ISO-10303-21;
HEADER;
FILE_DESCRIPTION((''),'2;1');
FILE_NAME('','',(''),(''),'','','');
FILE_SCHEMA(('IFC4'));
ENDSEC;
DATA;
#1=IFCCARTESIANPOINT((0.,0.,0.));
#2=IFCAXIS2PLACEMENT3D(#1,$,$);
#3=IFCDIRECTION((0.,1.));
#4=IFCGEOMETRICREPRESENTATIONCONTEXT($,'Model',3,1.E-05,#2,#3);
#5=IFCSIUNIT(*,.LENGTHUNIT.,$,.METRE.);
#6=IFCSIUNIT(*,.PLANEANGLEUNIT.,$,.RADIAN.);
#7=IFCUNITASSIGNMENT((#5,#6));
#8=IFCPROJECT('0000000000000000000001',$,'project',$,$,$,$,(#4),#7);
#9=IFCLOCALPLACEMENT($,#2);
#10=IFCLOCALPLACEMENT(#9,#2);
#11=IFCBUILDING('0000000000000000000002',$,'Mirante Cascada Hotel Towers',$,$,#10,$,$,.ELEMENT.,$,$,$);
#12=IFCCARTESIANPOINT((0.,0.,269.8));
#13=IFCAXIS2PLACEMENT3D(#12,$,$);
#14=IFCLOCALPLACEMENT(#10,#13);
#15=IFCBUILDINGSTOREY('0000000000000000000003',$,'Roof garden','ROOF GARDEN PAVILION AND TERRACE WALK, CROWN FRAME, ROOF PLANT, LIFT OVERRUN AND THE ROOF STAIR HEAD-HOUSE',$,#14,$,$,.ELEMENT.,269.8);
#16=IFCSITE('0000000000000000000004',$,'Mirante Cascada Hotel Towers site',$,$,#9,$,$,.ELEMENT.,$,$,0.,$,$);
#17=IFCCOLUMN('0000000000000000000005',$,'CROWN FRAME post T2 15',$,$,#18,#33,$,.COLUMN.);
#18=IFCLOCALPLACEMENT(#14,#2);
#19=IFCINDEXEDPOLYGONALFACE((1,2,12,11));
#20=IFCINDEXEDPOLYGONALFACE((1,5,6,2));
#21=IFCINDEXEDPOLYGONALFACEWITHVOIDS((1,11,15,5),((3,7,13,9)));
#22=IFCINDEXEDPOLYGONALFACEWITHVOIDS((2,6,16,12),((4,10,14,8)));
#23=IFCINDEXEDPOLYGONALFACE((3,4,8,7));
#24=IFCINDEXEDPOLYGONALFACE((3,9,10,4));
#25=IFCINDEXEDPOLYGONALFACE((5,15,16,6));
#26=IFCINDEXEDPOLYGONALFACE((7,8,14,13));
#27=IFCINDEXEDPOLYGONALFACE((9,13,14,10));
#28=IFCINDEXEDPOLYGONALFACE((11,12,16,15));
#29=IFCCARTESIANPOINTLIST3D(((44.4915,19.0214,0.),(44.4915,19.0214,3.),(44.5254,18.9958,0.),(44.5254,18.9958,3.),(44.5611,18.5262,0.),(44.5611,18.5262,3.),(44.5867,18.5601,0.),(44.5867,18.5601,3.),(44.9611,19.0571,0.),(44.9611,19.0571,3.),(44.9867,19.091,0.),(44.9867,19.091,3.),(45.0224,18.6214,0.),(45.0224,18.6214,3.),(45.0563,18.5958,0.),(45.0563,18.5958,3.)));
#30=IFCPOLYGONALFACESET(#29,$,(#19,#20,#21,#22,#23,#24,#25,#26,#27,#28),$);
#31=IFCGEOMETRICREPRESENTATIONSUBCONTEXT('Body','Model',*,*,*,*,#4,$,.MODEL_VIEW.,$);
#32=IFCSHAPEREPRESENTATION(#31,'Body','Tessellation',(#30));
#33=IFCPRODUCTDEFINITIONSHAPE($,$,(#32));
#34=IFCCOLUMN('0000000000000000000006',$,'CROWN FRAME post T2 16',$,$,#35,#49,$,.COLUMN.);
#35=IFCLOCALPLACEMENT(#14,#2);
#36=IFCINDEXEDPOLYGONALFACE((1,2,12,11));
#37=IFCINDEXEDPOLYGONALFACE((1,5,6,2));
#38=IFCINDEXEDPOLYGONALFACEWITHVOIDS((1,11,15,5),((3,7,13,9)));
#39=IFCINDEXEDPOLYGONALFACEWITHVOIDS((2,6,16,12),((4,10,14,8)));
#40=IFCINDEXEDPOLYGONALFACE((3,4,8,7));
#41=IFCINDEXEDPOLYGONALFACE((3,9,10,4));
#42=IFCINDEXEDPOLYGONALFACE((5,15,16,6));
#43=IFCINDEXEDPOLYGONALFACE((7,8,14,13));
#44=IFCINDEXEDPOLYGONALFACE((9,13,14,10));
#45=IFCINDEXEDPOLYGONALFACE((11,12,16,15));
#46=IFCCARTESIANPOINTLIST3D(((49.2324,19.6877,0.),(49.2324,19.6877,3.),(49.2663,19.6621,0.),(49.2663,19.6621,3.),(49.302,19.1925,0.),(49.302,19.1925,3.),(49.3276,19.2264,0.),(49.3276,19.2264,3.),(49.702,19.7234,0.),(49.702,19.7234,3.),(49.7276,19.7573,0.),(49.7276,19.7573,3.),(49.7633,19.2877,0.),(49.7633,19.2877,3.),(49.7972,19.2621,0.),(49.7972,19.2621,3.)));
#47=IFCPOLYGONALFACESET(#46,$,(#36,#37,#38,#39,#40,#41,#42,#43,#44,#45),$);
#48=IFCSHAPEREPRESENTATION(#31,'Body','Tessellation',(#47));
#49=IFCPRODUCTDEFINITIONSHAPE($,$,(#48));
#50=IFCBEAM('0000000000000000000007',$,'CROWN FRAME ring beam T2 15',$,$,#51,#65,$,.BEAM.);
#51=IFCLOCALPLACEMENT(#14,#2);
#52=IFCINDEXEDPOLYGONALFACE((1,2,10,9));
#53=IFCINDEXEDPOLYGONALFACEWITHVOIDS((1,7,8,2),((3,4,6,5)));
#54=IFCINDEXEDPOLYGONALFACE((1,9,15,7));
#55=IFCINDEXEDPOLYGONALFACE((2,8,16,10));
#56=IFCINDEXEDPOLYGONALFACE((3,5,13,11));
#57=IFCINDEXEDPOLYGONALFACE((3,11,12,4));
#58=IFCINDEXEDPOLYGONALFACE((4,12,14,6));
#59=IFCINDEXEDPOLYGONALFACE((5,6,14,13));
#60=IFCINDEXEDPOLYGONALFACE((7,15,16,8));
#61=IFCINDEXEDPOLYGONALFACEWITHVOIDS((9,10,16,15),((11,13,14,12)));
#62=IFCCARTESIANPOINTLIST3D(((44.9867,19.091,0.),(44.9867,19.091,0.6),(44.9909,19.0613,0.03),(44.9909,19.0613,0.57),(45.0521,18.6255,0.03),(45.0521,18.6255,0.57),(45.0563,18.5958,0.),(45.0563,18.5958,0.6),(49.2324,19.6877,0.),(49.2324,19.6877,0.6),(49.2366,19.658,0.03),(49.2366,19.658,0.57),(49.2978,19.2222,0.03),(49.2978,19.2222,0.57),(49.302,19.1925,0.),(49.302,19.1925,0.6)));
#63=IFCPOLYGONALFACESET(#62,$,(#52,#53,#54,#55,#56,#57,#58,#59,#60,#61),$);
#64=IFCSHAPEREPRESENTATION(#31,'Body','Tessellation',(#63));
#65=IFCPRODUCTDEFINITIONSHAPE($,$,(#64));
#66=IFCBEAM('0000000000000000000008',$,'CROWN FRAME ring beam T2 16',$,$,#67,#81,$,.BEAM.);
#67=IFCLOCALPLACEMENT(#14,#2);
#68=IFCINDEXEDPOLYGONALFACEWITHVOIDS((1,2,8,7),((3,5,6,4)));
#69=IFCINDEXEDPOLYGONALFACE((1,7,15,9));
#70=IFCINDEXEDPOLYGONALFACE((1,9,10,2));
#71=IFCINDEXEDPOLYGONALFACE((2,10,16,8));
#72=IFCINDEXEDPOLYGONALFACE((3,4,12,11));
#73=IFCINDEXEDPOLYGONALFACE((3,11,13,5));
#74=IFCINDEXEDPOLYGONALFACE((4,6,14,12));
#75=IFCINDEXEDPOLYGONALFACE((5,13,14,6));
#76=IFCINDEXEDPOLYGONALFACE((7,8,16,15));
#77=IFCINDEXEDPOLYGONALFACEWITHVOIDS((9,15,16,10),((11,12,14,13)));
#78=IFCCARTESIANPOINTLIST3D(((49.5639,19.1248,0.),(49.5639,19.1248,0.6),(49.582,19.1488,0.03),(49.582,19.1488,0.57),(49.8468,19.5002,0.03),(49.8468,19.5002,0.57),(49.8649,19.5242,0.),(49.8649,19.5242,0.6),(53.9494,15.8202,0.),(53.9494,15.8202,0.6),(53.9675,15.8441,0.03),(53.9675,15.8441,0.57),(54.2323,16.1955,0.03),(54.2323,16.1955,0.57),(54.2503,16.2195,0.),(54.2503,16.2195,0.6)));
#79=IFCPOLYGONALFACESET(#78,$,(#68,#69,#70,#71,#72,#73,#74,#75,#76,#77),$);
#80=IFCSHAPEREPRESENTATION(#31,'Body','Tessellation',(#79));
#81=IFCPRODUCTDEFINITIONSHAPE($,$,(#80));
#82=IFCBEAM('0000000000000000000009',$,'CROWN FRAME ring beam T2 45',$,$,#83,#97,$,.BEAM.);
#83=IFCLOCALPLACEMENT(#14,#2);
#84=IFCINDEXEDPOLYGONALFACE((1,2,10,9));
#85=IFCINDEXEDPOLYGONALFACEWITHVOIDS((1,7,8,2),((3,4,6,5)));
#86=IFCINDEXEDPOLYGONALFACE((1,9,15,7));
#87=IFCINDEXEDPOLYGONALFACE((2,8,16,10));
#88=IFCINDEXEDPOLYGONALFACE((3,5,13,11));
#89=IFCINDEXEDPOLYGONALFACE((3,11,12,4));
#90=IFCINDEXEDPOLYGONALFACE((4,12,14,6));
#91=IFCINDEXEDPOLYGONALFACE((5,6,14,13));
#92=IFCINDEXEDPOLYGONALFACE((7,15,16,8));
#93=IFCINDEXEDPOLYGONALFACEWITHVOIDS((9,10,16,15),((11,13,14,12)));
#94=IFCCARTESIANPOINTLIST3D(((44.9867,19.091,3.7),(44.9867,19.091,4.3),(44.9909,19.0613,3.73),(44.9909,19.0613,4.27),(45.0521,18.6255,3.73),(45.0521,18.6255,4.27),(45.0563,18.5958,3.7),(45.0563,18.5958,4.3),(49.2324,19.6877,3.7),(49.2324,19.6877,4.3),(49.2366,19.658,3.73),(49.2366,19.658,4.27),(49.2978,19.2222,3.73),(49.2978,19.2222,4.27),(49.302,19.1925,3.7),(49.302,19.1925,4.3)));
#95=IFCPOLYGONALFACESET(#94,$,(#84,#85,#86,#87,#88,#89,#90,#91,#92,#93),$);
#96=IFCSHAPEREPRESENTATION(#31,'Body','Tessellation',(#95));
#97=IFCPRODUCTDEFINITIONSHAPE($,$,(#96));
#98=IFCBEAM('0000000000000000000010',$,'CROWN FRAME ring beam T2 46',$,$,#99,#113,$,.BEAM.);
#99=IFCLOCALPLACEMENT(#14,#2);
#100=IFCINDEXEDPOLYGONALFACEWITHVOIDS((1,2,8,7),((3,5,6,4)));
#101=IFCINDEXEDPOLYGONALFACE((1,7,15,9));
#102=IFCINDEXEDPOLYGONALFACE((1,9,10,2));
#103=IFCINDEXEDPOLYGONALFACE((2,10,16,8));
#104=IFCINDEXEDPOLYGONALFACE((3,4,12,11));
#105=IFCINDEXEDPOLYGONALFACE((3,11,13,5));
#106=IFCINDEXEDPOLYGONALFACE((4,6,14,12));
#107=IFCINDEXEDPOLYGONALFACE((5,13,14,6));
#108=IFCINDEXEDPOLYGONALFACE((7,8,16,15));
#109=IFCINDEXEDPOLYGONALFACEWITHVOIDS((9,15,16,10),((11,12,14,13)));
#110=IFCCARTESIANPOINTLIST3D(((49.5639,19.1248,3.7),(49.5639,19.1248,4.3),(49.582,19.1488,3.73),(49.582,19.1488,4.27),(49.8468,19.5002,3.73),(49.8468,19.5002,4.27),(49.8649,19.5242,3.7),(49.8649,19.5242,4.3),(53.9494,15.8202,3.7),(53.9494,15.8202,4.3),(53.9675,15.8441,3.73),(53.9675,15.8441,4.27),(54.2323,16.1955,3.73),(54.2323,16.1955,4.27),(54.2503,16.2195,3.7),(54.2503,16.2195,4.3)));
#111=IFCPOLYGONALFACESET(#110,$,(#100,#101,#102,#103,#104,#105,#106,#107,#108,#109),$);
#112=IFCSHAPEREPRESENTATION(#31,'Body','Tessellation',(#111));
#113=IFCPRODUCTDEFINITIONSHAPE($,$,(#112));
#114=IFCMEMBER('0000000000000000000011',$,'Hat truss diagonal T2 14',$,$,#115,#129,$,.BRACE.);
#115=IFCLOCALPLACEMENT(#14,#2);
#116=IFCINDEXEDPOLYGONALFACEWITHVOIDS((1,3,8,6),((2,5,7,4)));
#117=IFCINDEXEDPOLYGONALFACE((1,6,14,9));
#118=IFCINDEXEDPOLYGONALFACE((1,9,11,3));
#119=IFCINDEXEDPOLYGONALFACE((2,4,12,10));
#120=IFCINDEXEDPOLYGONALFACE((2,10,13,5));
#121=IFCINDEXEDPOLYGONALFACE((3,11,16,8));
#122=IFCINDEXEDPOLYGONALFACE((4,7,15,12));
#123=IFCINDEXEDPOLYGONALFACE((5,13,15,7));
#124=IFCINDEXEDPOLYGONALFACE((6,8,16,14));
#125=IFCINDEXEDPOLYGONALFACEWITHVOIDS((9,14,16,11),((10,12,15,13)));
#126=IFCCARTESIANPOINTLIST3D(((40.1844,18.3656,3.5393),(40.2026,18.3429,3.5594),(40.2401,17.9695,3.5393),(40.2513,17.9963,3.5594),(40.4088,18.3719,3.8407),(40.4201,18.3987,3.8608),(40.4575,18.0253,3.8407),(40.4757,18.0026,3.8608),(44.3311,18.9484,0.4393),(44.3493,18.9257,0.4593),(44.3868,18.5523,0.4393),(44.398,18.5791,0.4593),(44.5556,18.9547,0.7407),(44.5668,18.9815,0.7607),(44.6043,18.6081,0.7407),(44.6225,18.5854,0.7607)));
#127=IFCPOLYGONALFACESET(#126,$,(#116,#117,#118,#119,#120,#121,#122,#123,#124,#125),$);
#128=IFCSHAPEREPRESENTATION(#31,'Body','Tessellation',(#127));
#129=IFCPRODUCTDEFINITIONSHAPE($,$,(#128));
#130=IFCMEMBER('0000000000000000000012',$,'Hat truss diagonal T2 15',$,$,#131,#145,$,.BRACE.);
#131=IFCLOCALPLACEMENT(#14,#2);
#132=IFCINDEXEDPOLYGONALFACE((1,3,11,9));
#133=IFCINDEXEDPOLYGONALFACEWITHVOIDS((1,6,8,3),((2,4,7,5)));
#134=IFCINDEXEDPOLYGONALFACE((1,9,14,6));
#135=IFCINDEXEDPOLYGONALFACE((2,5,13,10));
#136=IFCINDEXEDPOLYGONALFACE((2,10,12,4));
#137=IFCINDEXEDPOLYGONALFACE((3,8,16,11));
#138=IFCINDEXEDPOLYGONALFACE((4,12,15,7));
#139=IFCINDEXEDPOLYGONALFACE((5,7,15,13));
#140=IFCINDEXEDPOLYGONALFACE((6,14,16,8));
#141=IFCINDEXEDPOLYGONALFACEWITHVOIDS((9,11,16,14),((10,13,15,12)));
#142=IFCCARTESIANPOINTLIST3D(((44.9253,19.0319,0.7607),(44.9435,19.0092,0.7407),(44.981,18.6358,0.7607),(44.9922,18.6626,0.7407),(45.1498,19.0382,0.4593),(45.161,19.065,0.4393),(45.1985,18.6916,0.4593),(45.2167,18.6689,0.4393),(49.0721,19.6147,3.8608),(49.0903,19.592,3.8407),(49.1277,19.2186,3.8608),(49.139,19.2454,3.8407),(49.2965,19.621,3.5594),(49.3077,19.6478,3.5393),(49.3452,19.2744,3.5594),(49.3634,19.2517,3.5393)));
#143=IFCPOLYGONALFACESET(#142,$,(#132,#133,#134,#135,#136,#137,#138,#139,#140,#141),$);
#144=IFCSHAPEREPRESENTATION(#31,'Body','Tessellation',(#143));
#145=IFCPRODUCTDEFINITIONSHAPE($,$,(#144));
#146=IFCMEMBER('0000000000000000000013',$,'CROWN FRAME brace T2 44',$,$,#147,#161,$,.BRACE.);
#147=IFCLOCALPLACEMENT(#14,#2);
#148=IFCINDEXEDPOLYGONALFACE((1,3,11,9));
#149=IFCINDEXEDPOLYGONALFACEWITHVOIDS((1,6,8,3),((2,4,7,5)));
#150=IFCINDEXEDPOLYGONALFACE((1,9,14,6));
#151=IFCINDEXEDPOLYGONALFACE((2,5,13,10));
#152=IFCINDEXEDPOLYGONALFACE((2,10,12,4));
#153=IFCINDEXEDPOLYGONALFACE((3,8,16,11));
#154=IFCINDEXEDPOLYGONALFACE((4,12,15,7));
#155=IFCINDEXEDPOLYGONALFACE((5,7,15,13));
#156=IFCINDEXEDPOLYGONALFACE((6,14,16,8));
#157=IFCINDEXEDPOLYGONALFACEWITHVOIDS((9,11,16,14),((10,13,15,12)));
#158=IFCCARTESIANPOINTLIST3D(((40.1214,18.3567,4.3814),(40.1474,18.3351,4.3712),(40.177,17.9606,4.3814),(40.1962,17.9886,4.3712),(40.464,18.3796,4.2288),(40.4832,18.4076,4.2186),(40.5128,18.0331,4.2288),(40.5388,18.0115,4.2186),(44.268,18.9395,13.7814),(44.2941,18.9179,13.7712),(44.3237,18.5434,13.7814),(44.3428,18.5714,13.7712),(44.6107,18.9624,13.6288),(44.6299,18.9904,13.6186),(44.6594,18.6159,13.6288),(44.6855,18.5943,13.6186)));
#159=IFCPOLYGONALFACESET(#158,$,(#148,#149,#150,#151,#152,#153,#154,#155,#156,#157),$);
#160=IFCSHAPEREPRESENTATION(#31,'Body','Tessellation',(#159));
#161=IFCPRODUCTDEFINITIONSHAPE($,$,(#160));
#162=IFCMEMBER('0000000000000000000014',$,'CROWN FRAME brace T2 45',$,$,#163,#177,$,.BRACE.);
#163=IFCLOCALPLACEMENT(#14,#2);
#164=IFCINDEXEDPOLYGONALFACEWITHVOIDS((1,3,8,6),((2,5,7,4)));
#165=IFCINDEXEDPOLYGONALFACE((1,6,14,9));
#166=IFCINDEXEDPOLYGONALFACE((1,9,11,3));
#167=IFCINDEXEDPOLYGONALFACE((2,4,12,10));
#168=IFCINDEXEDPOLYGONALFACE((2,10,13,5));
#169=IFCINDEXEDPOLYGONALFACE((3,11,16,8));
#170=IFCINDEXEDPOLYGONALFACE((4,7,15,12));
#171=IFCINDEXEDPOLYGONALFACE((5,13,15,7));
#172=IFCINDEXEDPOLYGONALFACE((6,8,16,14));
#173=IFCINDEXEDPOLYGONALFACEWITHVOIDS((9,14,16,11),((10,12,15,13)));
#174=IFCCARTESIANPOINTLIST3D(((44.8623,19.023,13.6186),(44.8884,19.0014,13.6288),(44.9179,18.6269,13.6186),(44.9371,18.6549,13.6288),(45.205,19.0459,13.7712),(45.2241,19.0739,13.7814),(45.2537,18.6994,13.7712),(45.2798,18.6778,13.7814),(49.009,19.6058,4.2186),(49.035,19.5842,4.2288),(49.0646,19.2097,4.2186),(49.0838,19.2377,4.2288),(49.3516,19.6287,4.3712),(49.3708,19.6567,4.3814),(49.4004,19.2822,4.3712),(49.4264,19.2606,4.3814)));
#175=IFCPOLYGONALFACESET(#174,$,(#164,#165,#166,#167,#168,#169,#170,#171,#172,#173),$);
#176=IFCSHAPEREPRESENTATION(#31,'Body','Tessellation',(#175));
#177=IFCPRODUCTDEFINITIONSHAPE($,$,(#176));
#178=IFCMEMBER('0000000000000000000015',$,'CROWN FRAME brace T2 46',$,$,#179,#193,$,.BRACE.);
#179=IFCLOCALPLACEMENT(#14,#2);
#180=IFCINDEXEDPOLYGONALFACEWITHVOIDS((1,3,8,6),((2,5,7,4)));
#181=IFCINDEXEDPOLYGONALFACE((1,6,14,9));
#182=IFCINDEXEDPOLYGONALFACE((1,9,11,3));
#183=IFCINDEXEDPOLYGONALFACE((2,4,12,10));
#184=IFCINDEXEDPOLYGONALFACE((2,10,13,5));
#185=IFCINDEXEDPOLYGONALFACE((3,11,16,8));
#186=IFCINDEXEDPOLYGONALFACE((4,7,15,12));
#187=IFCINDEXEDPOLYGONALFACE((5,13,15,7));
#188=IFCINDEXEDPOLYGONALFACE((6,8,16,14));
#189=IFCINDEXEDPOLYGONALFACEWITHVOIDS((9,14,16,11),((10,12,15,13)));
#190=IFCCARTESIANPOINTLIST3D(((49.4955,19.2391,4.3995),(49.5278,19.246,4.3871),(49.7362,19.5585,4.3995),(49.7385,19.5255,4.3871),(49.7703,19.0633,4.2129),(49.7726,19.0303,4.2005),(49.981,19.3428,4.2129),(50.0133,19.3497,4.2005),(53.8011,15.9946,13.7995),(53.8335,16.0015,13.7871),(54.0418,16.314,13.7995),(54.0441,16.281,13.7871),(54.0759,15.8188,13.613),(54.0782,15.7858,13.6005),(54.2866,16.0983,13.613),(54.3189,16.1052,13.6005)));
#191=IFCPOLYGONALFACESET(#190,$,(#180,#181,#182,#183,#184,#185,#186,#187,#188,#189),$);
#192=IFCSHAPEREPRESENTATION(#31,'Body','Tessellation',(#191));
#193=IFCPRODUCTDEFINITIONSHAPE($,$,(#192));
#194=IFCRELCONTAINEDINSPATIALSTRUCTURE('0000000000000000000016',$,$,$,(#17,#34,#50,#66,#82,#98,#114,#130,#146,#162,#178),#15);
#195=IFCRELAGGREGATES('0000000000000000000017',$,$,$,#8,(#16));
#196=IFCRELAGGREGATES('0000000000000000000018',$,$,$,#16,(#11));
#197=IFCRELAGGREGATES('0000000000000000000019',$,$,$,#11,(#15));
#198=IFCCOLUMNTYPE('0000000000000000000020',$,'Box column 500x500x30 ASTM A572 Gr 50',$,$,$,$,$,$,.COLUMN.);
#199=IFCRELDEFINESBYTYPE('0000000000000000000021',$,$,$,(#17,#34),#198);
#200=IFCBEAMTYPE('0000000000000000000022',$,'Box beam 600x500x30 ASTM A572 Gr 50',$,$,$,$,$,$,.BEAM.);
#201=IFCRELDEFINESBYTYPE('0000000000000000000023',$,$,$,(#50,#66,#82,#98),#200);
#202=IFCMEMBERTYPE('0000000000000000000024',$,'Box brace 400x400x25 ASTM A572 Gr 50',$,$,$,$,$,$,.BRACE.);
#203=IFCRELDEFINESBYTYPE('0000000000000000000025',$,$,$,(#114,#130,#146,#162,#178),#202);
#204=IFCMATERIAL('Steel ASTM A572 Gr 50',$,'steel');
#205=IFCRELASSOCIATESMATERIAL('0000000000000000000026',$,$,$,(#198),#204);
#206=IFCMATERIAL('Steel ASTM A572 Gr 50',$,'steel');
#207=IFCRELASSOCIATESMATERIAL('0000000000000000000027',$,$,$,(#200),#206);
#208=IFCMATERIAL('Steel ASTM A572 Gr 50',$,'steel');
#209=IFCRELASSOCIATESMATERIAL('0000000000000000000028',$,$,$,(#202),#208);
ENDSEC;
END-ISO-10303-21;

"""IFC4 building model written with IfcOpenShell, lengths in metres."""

from ifc_helpers import new_model, si_unit, direction, frame, origin, origin_2d, place, context, subcontext, project, spatial, hollow_rectangle, extrude, material, material_profile, profile_set, type_object, element, save


model = new_model("IFC4")

# Units and contexts
model_context = context("Model", 3, precision=1e-05, world=origin(), true_north=direction((0.0, 1.0)))
body_context = subcontext(model_context, "Body", "Model", "MODEL_VIEW")
ifc_project = project(units=[si_unit("LENGTHUNIT", "METRE"), si_unit("PLANEANGLEUNIT", "RADIAN")], contexts=[model_context])

# Site, building, storey
site_placement = place(None, origin())
site = spatial("IfcSite", under=ifc_project, at=site_placement, Name="Mirante Cascada Hotel Towers site", CompositionType="ELEMENT", RefElevation=0.0)
building_placement = place(site_placement, origin())
building = spatial("IfcBuilding", under=site, at=building_placement, Name="Mirante Cascada Hotel Towers", CompositionType="ELEMENT")
storey_placement = place(building_placement, frame((0.0, 0.0, 269.8)))
storey = spatial("IfcBuildingStorey", under=building, at=storey_placement, Name="Roof garden", Description="ROOF GARDEN PAVILION AND TERRACE WALK, CROWN FRAME, ROOF PLANT, LIFT OVERRUN AND THE ROOF STAIR HEAD-HOUSE", CompositionType="ELEMENT", Elevation=269.8)

# Columns
ifc_material_1 = material(Name="Steel ASTM A572 Gr 50", Category="steel")
ifc_material_profile_1 = material_profile(ifc_material_1, hollow_rectangle(XDim=0.5, YDim=0.5, WallThickness=0.03, at=origin_2d()), Name="Box column 500x500x30 ASTM A572 Gr 50")
ifc_profile_set_1 = profile_set([ifc_material_profile_1], Name="Steel ASTM A572 Gr 50")
column_type = type_object("IfcColumnType", Name="Box column 500x500x30 ASTM A572 Gr 50", PredefinedType="COLUMN", material=ifc_profile_set_1)
for number, where, z_axis, x_axis, name in (
    (1, (44.7739, 18.8086, 0.0), (0.0, 0.0, 1.0), (0.990268, 0.139173, 0.0), "CROWN FRAME post T2 15"),
    (2, (49.5148, 19.4749, 0.0), (0.0, 0.0, 1.0), (0.990268, 0.139173, 0.0), "CROWN FRAME post T2 16"),
):
    element("IfcColumn", number, at=place(storey_placement, frame(where, z_axis=z_axis, x_axis=x_axis)), inside=storey, type_object=column_type, Name=name, PredefinedType="COLUMN", context=body_context, shape_type="SweptSolid", body=[
        extrude(hollow_rectangle(XDim=0.5, YDim=0.5, WallThickness=0.03, at=origin_2d()), origin(), (0.0, 0.0, 1.0), 3.0),
    ])

# Beams
ifc_material_2 = material(Name="Steel ASTM A572 Gr 50", Category="steel")
ifc_material_profile_2 = material_profile(ifc_material_2, hollow_rectangle(XDim=0.5, YDim=0.6, WallThickness=0.03, at=origin_2d()), Name="Box beam 600x500x30 ASTM A572 Gr 50")
ifc_profile_set_2 = profile_set([ifc_material_profile_2], Name="Steel ASTM A572 Gr 50")
beam_type = type_object("IfcBeamType", Name="Box beam 600x500x30 ASTM A572 Gr 50", PredefinedType="BEAM", material=ifc_profile_set_2)
beam_1_placement = place(storey_placement, frame((45.0215, 18.8434, 0.3), z_axis=(0.990268, 0.139174, 0.0), x_axis=(-0.139174, 0.990268, 0.0)))
element("IfcBeam", 3, at=beam_1_placement, inside=storey, type_object=beam_type, Name="CROWN FRAME ring beam T2 15", PredefinedType="BEAM", context=body_context, shape_type="SweptSolid", body=[
    extrude(hollow_rectangle(XDim=0.5, YDim=0.6, WallThickness=0.03, at=origin_2d()), origin(), (0.0, 0.0, 1.0), 4.2874),
])
beam_2_placement = place(storey_placement, frame((49.7144, 19.3245, 0.3), z_axis=(0.798636, -0.601814, 0.0), x_axis=(0.601814, 0.798636, 0.0)))
element("IfcBeam", 4, at=beam_2_placement, inside=storey, type_object=beam_type, Name="CROWN FRAME ring beam T2 16", PredefinedType="BEAM", context=body_context, shape_type="SweptSolid", body=[
    extrude(hollow_rectangle(XDim=0.5, YDim=0.6, WallThickness=0.03, at=origin_2d()), origin(), (0.0, 0.0, 1.0), 5.4912),
])
beam_3_placement = place(storey_placement, frame((45.0215, 18.8434, 4.0), z_axis=(0.990268, 0.139174, 0.0), x_axis=(-0.139174, 0.990268, 0.0)))
element("IfcBeam", 5, at=beam_3_placement, inside=storey, type_object=beam_type, Name="CROWN FRAME ring beam T2 45", PredefinedType="BEAM", context=body_context, shape_type="SweptSolid", body=[
    extrude(hollow_rectangle(XDim=0.5, YDim=0.6, WallThickness=0.03, at=origin_2d()), origin(), (0.0, 0.0, 1.0), 4.2874),
])
beam_4_placement = place(storey_placement, frame((49.7144, 19.3245, 4.0), z_axis=(0.798636, -0.601814, 0.0), x_axis=(0.601814, 0.798636, 0.0)))
element("IfcBeam", 6, at=beam_4_placement, inside=storey, type_object=beam_type, Name="CROWN FRAME ring beam T2 46", PredefinedType="BEAM", context=body_context, shape_type="SweptSolid", body=[
    extrude(hollow_rectangle(XDim=0.5, YDim=0.6, WallThickness=0.03, at=origin_2d()), origin(), (0.0, 0.0, 1.0), 5.4912),
])

# Members
ifc_material_3 = material(Name="Steel ASTM A572 Gr 50", Category="steel")
ifc_material_profile_3 = material_profile(ifc_material_3, hollow_rectangle(XDim=0.4, YDim=0.4, WallThickness=0.025, at=origin_2d()), Name="Box brace 400x400x25 ASTM A572 Gr 50")
ifc_profile_set_3 = profile_set([ifc_material_profile_3], Name="Steel ASTM A572 Gr 50")
member_type = type_object("IfcMemberType", Name="Box brace 400x400x25 ASTM A572 Gr 50", PredefinedType="BRACE", material=ifc_profile_set_3)
for number, where, z_axis, x_axis, name in (
    (7, (44.4768, 18.7669, 0.6), (-0.795902, -0.11186, 0.595002), (0.139178, -0.990267, 0.0), "Hat truss diagonal T2 14"),
    (8, (45.071, 18.8504, 0.6), (0.795902, 0.11186, 0.595002), (-0.139178, 0.990267, 0.0), "Hat truss diagonal T2 15"),
):
    element("IfcMember", number, at=place(storey_placement, frame(where, z_axis=z_axis, x_axis=x_axis)), inside=storey, type_object=member_type, Name=name, PredefinedType="BRACE", context=body_context, shape_type="SweptSolid", body=[
        extrude(hollow_rectangle(XDim=0.4, YDim=0.4, WallThickness=0.025, at=origin_2d()), origin(), (0.0, 0.0, 1.0), 5.2101),
    ])
for number, where, z_axis, x_axis, name in (
    (9, (40.3301, 18.1841, 4.3), (0.402963, 0.056635, 0.913462), (-0.139178, 0.990267, 0.0), "CROWN FRAME brace T2 44"),
    (10, (49.2177, 19.4332, 4.3), (-0.402963, -0.056635, 0.913462), (0.139178, -0.990267, 0.0), "CROWN FRAME brace T2 45"),
):
    element("IfcMember", number, at=place(storey_placement, frame(where, z_axis=z_axis, x_axis=x_axis)), inside=storey, type_object=member_type, Name=name, PredefinedType="BRACE", context=body_context, shape_type="SweptSolid", body=[
        extrude(hollow_rectangle(XDim=0.4, YDim=0.4, WallThickness=0.025, at=origin_2d()), origin(), (0.0, 0.0, 1.0), 10.2905),
    ])
member_placement = place(storey_placement, frame((49.7544, 19.2944, 4.3), z_axis=(0.397332, -0.299411, 0.867456), x_axis=(0.601815, 0.798636, 0.0)))
element("IfcMember", 11, at=member_placement, inside=storey, type_object=member_type, Name="CROWN FRAME brace T2 46", PredefinedType="BRACE", context=body_context, shape_type="SweptSolid", body=[
    extrude(hollow_rectangle(XDim=0.4, YDim=0.4, WallThickness=0.025, at=origin_2d()), origin(), (0.0, 0.0, 1.0), 10.8363),
])

save(model, "model.ifc")
